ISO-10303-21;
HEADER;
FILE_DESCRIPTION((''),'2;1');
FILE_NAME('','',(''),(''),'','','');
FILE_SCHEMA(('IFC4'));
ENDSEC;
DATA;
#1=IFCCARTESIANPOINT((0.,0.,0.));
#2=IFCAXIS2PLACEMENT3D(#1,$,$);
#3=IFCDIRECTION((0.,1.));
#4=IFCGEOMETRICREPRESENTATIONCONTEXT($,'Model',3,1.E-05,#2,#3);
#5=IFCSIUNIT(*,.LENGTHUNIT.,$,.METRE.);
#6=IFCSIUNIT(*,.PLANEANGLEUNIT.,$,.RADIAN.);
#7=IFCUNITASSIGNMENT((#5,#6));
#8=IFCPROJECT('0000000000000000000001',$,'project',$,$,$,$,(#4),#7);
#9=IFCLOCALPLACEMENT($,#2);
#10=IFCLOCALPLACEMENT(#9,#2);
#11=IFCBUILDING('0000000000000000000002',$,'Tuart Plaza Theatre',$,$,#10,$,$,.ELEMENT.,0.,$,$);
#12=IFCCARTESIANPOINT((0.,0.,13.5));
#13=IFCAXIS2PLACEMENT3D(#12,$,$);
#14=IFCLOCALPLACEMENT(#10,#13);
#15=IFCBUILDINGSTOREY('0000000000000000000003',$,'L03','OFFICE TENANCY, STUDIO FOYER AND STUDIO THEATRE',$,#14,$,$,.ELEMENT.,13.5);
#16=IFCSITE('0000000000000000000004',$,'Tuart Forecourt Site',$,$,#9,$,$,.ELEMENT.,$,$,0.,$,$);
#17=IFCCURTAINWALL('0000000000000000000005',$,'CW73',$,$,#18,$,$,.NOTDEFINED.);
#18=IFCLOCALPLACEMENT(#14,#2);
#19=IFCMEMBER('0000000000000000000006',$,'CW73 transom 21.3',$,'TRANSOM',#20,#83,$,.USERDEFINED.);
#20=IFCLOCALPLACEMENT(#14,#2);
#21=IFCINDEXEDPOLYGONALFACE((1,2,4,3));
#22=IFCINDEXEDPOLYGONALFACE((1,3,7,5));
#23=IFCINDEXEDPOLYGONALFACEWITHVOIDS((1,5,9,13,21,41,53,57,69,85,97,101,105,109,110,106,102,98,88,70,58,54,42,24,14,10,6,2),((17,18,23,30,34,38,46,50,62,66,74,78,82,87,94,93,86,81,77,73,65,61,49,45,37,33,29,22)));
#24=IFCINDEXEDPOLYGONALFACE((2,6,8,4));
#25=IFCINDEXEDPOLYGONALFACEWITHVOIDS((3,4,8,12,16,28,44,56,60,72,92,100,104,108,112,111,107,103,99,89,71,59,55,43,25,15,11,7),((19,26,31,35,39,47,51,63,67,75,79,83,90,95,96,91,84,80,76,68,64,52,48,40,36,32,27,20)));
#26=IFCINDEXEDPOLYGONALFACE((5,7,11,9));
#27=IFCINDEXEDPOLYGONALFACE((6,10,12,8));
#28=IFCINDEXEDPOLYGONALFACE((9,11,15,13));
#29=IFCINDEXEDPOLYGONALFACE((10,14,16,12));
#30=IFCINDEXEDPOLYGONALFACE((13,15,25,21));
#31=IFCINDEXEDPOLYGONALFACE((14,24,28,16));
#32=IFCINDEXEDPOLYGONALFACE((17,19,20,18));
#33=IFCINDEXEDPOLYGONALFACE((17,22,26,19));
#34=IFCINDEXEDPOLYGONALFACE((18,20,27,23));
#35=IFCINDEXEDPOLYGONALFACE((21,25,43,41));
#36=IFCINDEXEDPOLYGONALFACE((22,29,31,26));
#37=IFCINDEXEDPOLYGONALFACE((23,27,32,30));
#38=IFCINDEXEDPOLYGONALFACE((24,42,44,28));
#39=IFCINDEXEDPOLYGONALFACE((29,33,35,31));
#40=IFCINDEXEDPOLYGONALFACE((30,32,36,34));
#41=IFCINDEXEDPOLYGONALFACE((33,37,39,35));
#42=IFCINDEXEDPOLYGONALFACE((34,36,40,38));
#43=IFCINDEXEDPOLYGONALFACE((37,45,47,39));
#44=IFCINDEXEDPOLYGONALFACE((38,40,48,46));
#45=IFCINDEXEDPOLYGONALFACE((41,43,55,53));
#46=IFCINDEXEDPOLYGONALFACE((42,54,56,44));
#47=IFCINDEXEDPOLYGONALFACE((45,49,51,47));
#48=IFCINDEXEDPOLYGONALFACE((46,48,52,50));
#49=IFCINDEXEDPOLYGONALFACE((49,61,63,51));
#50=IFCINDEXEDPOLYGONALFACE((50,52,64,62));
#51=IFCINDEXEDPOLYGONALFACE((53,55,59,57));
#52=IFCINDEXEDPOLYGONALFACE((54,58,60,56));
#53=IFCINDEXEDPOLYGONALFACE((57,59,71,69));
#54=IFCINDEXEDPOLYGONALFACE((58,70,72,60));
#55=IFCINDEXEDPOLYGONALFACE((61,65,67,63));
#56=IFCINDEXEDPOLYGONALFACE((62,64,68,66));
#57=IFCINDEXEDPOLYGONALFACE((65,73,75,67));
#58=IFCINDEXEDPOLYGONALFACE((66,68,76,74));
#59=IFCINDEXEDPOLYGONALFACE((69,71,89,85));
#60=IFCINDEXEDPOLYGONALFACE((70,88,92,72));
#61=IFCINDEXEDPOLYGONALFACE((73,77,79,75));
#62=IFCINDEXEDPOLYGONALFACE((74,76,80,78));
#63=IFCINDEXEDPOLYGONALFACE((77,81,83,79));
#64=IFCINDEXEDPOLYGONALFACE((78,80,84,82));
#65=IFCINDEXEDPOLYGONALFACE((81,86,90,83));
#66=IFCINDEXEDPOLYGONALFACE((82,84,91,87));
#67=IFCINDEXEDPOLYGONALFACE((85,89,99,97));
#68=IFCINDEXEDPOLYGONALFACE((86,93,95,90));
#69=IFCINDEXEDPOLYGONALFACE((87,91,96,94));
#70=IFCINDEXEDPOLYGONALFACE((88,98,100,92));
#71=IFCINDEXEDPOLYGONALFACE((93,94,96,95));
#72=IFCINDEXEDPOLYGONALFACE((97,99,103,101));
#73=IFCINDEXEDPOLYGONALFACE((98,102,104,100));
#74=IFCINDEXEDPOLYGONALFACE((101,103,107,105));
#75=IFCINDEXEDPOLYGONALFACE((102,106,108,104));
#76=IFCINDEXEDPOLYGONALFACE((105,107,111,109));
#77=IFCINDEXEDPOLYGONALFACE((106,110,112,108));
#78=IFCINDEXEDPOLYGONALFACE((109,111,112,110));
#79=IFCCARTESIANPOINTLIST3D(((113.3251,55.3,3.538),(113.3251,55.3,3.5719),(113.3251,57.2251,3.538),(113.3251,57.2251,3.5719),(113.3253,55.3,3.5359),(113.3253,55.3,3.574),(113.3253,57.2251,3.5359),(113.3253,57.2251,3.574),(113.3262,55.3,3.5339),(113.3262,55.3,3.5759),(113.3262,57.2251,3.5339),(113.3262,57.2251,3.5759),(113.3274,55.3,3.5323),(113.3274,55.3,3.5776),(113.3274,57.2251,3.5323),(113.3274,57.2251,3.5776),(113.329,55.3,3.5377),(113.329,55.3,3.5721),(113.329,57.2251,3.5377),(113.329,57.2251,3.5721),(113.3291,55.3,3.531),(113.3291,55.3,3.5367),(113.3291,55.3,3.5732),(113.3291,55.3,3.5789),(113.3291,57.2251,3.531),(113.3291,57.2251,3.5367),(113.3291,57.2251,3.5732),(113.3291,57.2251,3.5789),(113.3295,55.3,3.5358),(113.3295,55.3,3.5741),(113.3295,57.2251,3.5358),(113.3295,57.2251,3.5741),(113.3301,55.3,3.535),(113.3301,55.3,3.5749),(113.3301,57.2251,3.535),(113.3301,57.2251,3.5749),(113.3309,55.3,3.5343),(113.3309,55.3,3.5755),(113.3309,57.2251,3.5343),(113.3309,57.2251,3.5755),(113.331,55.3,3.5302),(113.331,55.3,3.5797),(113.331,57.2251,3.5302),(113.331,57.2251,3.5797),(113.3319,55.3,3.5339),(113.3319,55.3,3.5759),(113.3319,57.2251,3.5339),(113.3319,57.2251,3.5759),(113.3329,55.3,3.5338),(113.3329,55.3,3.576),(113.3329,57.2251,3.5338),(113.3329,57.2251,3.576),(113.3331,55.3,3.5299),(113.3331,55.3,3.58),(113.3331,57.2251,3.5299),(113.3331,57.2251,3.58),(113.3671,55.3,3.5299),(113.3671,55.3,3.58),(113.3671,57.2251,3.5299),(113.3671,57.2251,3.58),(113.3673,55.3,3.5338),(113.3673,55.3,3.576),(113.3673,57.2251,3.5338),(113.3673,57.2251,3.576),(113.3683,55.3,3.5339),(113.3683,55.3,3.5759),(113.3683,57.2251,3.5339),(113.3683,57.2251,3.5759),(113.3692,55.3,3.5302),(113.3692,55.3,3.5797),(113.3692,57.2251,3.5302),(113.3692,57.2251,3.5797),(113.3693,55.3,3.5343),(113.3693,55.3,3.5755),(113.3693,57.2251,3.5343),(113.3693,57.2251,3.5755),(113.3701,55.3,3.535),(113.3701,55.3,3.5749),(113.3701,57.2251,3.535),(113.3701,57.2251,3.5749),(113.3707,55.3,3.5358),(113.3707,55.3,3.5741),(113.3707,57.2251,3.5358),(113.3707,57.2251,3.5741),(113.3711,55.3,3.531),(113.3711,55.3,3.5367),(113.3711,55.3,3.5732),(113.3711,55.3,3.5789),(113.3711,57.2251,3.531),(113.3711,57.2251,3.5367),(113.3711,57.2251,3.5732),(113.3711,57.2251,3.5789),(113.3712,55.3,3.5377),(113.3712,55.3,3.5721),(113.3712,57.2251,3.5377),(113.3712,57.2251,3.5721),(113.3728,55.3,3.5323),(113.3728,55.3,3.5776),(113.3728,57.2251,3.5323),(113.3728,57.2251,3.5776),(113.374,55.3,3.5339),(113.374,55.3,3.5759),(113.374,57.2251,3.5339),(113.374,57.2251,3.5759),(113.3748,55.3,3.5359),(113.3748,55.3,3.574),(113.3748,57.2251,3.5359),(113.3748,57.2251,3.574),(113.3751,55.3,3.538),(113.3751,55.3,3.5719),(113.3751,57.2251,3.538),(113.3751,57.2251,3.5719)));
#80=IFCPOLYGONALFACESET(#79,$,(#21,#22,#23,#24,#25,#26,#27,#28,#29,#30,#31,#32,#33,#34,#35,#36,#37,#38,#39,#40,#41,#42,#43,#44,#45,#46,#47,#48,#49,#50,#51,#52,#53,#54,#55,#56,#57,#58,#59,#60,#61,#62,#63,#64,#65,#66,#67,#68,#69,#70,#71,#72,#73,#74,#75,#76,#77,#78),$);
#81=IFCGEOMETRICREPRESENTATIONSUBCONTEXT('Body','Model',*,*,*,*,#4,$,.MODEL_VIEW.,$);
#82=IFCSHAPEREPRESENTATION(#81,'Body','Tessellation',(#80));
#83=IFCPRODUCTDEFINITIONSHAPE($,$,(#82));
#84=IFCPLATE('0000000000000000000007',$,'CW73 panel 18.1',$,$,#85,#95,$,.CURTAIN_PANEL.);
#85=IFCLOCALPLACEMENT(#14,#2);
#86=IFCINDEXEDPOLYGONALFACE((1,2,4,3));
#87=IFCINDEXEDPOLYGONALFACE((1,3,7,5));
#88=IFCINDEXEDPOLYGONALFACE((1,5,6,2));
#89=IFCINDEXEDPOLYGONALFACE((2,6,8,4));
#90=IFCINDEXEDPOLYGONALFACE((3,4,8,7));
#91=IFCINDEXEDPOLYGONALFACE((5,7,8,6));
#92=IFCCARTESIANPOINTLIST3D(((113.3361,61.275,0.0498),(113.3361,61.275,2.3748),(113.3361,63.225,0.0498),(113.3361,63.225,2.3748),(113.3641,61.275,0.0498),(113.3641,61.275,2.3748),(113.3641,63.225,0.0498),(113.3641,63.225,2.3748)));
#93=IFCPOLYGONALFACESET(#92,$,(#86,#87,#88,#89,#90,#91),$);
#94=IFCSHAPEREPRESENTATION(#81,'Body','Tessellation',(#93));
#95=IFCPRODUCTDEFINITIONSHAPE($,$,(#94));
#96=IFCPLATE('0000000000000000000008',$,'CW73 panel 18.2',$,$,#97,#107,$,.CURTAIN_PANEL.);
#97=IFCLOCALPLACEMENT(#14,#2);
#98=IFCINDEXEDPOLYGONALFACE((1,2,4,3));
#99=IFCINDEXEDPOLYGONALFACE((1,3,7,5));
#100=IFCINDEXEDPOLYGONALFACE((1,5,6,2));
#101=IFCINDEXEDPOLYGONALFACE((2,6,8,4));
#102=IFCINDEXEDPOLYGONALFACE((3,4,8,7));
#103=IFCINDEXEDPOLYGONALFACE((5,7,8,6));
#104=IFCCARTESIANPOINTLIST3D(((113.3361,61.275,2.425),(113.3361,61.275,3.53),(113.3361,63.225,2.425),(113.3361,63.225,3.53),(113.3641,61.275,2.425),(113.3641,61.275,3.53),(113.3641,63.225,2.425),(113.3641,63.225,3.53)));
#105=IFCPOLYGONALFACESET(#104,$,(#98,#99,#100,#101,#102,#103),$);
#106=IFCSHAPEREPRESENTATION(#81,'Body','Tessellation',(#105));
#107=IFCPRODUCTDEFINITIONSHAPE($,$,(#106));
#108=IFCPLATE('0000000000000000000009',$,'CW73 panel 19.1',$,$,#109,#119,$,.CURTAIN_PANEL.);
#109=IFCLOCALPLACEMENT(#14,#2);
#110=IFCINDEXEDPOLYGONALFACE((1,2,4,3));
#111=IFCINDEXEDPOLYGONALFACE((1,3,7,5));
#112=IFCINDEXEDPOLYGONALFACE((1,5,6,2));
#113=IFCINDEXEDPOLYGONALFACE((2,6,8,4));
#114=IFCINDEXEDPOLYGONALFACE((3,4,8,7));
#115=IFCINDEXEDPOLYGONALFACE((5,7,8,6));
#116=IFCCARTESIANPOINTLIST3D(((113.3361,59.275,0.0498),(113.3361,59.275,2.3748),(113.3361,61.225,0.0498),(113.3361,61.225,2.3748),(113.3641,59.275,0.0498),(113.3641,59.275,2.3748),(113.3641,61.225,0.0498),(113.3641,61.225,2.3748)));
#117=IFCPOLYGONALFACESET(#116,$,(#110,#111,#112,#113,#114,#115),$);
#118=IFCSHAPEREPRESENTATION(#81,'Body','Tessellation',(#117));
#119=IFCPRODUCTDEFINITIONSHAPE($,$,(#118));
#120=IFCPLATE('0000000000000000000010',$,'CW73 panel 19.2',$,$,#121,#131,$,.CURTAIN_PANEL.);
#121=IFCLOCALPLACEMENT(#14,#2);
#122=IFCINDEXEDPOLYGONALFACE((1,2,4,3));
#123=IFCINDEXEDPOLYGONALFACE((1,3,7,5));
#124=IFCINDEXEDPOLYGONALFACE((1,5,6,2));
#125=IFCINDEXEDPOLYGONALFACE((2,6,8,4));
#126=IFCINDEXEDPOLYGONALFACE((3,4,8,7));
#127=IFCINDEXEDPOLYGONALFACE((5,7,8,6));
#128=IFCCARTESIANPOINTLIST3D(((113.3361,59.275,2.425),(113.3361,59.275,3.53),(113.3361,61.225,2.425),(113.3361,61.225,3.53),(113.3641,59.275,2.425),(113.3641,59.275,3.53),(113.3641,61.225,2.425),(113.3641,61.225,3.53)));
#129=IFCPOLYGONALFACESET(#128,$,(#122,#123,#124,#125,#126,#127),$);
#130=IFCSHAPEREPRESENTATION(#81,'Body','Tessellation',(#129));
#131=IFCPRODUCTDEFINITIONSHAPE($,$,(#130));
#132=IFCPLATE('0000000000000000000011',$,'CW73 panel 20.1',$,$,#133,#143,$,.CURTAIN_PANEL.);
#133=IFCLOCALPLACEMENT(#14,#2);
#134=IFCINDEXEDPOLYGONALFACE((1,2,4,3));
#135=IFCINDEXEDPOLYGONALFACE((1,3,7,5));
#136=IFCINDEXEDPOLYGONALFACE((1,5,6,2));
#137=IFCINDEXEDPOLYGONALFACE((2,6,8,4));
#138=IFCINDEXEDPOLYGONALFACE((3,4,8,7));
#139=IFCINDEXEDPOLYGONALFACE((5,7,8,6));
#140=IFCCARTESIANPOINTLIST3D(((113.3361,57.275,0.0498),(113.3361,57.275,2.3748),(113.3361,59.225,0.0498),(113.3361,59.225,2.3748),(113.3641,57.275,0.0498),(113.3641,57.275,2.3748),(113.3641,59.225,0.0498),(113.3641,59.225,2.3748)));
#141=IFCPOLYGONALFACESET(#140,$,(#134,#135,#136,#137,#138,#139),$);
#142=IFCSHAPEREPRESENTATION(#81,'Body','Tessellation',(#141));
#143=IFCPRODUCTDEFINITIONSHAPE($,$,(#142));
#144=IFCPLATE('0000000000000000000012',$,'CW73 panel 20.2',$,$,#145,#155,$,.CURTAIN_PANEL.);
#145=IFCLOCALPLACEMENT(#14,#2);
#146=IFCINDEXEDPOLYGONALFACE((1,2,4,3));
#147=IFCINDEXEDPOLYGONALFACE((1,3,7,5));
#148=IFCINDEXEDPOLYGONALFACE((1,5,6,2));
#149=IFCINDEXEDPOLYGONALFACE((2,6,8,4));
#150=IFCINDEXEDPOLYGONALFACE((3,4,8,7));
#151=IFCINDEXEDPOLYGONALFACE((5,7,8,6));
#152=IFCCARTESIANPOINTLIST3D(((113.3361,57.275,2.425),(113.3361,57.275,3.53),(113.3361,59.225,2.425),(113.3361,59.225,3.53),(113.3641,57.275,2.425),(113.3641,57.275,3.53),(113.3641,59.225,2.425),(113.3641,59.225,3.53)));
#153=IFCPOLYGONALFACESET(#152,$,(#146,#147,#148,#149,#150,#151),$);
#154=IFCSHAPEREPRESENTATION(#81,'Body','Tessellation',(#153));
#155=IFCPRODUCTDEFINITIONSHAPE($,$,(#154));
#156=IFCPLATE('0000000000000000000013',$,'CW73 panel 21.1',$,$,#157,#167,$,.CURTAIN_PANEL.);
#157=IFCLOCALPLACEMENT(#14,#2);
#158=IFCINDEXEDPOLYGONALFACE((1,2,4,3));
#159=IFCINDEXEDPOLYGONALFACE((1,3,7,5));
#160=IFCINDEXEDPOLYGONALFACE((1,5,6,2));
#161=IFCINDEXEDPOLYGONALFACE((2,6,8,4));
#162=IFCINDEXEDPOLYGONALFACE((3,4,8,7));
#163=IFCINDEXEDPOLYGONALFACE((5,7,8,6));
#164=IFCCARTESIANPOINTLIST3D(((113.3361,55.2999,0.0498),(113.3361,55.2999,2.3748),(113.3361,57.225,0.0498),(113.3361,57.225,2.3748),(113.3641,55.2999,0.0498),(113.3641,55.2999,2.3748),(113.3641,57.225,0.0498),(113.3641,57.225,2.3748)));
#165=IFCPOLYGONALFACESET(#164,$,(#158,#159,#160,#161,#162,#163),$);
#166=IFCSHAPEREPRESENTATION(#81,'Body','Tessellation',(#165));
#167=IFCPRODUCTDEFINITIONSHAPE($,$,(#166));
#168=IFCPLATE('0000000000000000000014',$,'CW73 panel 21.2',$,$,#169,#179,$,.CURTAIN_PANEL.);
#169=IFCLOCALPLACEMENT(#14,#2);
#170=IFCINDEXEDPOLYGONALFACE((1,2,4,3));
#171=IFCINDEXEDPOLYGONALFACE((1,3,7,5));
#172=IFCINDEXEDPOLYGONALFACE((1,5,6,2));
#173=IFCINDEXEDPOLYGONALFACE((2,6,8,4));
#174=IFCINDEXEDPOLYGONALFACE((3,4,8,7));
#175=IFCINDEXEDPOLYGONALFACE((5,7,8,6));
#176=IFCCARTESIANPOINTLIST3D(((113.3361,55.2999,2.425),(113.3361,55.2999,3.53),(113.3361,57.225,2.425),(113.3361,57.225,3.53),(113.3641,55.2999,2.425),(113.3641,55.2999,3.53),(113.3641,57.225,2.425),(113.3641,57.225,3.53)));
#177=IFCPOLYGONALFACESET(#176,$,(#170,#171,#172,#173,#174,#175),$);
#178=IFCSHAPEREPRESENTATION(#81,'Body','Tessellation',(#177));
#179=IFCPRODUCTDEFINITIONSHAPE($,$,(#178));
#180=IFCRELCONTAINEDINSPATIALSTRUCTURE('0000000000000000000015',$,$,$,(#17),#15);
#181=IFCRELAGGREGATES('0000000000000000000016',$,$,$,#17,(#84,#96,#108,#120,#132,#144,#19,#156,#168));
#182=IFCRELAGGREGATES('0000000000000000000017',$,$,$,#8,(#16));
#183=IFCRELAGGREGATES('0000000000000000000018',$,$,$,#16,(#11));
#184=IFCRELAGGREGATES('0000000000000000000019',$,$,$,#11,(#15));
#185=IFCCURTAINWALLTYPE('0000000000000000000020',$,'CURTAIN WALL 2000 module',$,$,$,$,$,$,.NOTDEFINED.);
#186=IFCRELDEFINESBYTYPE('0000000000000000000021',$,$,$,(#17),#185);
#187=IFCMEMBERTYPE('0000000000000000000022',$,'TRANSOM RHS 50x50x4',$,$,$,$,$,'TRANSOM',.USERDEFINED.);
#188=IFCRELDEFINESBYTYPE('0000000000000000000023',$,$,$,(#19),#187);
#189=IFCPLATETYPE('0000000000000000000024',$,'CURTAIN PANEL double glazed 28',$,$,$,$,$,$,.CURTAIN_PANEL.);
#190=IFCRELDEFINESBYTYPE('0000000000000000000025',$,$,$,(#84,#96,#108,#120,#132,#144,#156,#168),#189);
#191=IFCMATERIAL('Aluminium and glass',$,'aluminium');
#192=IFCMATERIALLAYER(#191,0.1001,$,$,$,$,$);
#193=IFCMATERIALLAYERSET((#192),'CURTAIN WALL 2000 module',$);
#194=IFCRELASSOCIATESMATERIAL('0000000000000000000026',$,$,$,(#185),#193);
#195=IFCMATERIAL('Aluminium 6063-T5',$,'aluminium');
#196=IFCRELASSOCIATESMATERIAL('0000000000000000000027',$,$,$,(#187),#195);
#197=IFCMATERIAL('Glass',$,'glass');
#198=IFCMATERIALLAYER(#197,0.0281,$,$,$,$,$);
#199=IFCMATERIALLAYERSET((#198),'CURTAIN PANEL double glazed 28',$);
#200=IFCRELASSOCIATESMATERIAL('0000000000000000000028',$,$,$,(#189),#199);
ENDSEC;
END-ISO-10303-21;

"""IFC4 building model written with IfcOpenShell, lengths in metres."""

from ifc_helpers import new_model, si_unit, direction, frame, origin, origin_2d, place, context, subcontext, project, spatial, rectangle, hollow_rectangle, extrude, material, layer, layer_set, material_profile, profile_set, type_object, element, aggregate, save


model = new_model("IFC4")

# Units and contexts
model_context = context("Model", 3, precision=1e-05, world=origin(), true_north=direction((0.0, 1.0)))
body_context = subcontext(model_context, "Body", "Model", "MODEL_VIEW")
ifc_project = project(units=[si_unit("LENGTHUNIT", "METRE"), si_unit("PLANEANGLEUNIT", "RADIAN")], contexts=[model_context])

# Site, building, storey
site_placement = place(None, origin())
site = spatial("IfcSite", under=ifc_project, at=site_placement, Name="Tuart Forecourt Site", CompositionType="ELEMENT", RefElevation=0.0)
building_placement = place(site_placement, origin())
building = spatial("IfcBuilding", under=site, at=building_placement, Name="Tuart Plaza Theatre", CompositionType="ELEMENT", ElevationOfRefHeight=0.0)
storey_placement = place(building_placement, frame((0.0, 0.0, 13.5)))
storey = spatial("IfcBuildingStorey", under=building, at=storey_placement, Name="L03", Description="OFFICE TENANCY, STUDIO FOYER AND STUDIO THEATRE", CompositionType="ELEMENT", Elevation=13.5)

# Curtain wall, member, plates
ifc_material_1 = material(Name="Aluminium and glass", Category="aluminium")
ifc_layer_1 = layer(ifc_material_1, 0.1001)
ifc_layer_set_1 = layer_set([ifc_layer_1], Name="CURTAIN WALL 2000 module")
curtain_wall_type = type_object("IfcCurtainWallType", Name="CURTAIN WALL 2000 module", PredefinedType="NOTDEFINED", material=ifc_layer_set_1)
curtain_wall_placement = place(storey_placement, origin())
curtain_wall = element("IfcCurtainWall", 1, at=curtain_wall_placement, inside=storey, type_object=curtain_wall_type, Name="CW73", PredefinedType="NOTDEFINED")
ifc_material_2 = material(Name="Aluminium 6063-T5", Category="aluminium")
ifc_material_profile_1 = material_profile(ifc_material_2, hollow_rectangle(XDim=0.05, YDim=0.05, WallThickness=0.0039, InnerFilletRadius=0.0039, OuterFilletRadius=0.0081, at=origin_2d()), Name="RHS 50x50x4")
ifc_profile_set_1 = profile_set([ifc_material_profile_1], Name="Aluminium 6063-T5")
member_type_1 = type_object("IfcMemberType", Name="TRANSOM RHS 50x50x4", ElementType="TRANSOM", PredefinedType="USERDEFINED", material=ifc_profile_set_1)
member_1_placement = place(storey_placement, frame((113.3501, 57.2251, 3.5549), z_axis=(0.0, -1.0, 0.0), x_axis=(1.0, 0.0, 0.0)))
member_1 = element("IfcMember", 2, at=member_1_placement, type_object=member_type_1, Name="CW73 transom 21.3", ObjectType="TRANSOM", PredefinedType="USERDEFINED", context=body_context, shape_type="SweptSolid", body=[
    extrude(hollow_rectangle(XDim=0.05, YDim=0.05, WallThickness=0.0039, InnerFilletRadius=0.0039, OuterFilletRadius=0.0081, at=origin_2d()), origin(), (0.0, 0.0, 1.0), 1.925),
])
ifc_material_3 = material(Name="Glass", Category="glass")
ifc_layer_2 = layer(ifc_material_3, 0.0281)
ifc_layer_set_2 = layer_set([ifc_layer_2], Name="CURTAIN PANEL double glazed 28")
plate_type = type_object("IfcPlateType", Name="CURTAIN PANEL double glazed 28", PredefinedType="CURTAIN_PANEL", material=ifc_layer_set_2)
plate_1_placement = place(storey_placement, frame((113.3501, 62.25, 0.0498), z_axis=(0.0, 0.0, 1.0), x_axis=(0.0, -1.0, 0.0)))
plate_1 = element("IfcPlate", 3, at=plate_1_placement, type_object=plate_type, Name="CW73 panel 18.1", PredefinedType="CURTAIN_PANEL", context=body_context, shape_type="SweptSolid", body=[
    extrude(rectangle(XDim=1.95, YDim=0.0281, at=origin_2d()), origin(), (0.0, 0.0, 1.0), 2.325),
])
plate_2_placement = place(storey_placement, frame((113.3501, 62.25, 2.425), z_axis=(0.0, 0.0, 1.0), x_axis=(0.0, -1.0, 0.0)))
plate_2 = element("IfcPlate", 4, at=plate_2_placement, type_object=plate_type, Name="CW73 panel 18.2", PredefinedType="CURTAIN_PANEL", context=body_context, shape_type="SweptSolid", body=[
    extrude(rectangle(XDim=1.95, YDim=0.0281, at=origin_2d()), origin(), (0.0, 0.0, 1.0), 1.105),
])
plate_3_placement = place(storey_placement, frame((113.3501, 60.25, 0.0498), z_axis=(0.0, 0.0, 1.0), x_axis=(0.0, -1.0, 0.0)))
plate_3 = element("IfcPlate", 5, at=plate_3_placement, type_object=plate_type, Name="CW73 panel 19.1", PredefinedType="CURTAIN_PANEL", context=body_context, shape_type="SweptSolid", body=[
    extrude(rectangle(XDim=1.95, YDim=0.0281, at=origin_2d()), origin(), (0.0, 0.0, 1.0), 2.325),
])
plate_4_placement = place(storey_placement, frame((113.3501, 60.25, 2.425), z_axis=(0.0, 0.0, 1.0), x_axis=(0.0, -1.0, 0.0)))
plate_4 = element("IfcPlate", 6, at=plate_4_placement, type_object=plate_type, Name="CW73 panel 19.2", PredefinedType="CURTAIN_PANEL", context=body_context, shape_type="SweptSolid", body=[
    extrude(rectangle(XDim=1.95, YDim=0.0281, at=origin_2d()), origin(), (0.0, 0.0, 1.0), 1.105),
])
plate_5_placement = place(storey_placement, frame((113.3501, 58.25, 0.0498), z_axis=(0.0, 0.0, 1.0), x_axis=(0.0, -1.0, 0.0)))
plate_5 = element("IfcPlate", 7, at=plate_5_placement, type_object=plate_type, Name="CW73 panel 20.1", PredefinedType="CURTAIN_PANEL", context=body_context, shape_type="SweptSolid", body=[
    extrude(rectangle(XDim=1.95, YDim=0.0281, at=origin_2d()), origin(), (0.0, 0.0, 1.0), 2.325),
])
plate_6_placement = place(storey_placement, frame((113.3501, 58.25, 2.425), z_axis=(0.0, 0.0, 1.0), x_axis=(0.0, -1.0, 0.0)))
plate_6 = element("IfcPlate", 8, at=plate_6_placement, type_object=plate_type, Name="CW73 panel 20.2", PredefinedType="CURTAIN_PANEL", context=body_context, shape_type="SweptSolid", body=[
    extrude(rectangle(XDim=1.95, YDim=0.0281, at=origin_2d()), origin(), (0.0, 0.0, 1.0), 1.105),
])
plate_7_placement = place(storey_placement, frame((113.3501, 56.2625, 0.0498), z_axis=(0.0, 0.0, 1.0), x_axis=(0.0, -1.0, 0.0)))
plate_7 = element("IfcPlate", 9, at=plate_7_placement, type_object=plate_type, Name="CW73 panel 21.1", PredefinedType="CURTAIN_PANEL", context=body_context, shape_type="SweptSolid", body=[
    extrude(rectangle(XDim=1.925, YDim=0.0281, at=origin_2d()), origin(), (0.0, 0.0, 1.0), 2.325),
])
plate_8_placement = place(storey_placement, frame((113.3501, 56.2625, 2.425), z_axis=(0.0, 0.0, 1.0), x_axis=(0.0, -1.0, 0.0)))
plate_8 = element("IfcPlate", 10, at=plate_8_placement, type_object=plate_type, Name="CW73 panel 21.2", PredefinedType="CURTAIN_PANEL", context=body_context, shape_type="SweptSolid", body=[
    extrude(rectangle(XDim=1.925, YDim=0.0281, at=origin_2d()), origin(), (0.0, 0.0, 1.0), 1.105),
])
aggregate(curtain_wall, [plate_1, plate_2, plate_3, plate_4, plate_5, plate_6, member_1, plate_7, plate_8])

save(model, "model.ifc")
